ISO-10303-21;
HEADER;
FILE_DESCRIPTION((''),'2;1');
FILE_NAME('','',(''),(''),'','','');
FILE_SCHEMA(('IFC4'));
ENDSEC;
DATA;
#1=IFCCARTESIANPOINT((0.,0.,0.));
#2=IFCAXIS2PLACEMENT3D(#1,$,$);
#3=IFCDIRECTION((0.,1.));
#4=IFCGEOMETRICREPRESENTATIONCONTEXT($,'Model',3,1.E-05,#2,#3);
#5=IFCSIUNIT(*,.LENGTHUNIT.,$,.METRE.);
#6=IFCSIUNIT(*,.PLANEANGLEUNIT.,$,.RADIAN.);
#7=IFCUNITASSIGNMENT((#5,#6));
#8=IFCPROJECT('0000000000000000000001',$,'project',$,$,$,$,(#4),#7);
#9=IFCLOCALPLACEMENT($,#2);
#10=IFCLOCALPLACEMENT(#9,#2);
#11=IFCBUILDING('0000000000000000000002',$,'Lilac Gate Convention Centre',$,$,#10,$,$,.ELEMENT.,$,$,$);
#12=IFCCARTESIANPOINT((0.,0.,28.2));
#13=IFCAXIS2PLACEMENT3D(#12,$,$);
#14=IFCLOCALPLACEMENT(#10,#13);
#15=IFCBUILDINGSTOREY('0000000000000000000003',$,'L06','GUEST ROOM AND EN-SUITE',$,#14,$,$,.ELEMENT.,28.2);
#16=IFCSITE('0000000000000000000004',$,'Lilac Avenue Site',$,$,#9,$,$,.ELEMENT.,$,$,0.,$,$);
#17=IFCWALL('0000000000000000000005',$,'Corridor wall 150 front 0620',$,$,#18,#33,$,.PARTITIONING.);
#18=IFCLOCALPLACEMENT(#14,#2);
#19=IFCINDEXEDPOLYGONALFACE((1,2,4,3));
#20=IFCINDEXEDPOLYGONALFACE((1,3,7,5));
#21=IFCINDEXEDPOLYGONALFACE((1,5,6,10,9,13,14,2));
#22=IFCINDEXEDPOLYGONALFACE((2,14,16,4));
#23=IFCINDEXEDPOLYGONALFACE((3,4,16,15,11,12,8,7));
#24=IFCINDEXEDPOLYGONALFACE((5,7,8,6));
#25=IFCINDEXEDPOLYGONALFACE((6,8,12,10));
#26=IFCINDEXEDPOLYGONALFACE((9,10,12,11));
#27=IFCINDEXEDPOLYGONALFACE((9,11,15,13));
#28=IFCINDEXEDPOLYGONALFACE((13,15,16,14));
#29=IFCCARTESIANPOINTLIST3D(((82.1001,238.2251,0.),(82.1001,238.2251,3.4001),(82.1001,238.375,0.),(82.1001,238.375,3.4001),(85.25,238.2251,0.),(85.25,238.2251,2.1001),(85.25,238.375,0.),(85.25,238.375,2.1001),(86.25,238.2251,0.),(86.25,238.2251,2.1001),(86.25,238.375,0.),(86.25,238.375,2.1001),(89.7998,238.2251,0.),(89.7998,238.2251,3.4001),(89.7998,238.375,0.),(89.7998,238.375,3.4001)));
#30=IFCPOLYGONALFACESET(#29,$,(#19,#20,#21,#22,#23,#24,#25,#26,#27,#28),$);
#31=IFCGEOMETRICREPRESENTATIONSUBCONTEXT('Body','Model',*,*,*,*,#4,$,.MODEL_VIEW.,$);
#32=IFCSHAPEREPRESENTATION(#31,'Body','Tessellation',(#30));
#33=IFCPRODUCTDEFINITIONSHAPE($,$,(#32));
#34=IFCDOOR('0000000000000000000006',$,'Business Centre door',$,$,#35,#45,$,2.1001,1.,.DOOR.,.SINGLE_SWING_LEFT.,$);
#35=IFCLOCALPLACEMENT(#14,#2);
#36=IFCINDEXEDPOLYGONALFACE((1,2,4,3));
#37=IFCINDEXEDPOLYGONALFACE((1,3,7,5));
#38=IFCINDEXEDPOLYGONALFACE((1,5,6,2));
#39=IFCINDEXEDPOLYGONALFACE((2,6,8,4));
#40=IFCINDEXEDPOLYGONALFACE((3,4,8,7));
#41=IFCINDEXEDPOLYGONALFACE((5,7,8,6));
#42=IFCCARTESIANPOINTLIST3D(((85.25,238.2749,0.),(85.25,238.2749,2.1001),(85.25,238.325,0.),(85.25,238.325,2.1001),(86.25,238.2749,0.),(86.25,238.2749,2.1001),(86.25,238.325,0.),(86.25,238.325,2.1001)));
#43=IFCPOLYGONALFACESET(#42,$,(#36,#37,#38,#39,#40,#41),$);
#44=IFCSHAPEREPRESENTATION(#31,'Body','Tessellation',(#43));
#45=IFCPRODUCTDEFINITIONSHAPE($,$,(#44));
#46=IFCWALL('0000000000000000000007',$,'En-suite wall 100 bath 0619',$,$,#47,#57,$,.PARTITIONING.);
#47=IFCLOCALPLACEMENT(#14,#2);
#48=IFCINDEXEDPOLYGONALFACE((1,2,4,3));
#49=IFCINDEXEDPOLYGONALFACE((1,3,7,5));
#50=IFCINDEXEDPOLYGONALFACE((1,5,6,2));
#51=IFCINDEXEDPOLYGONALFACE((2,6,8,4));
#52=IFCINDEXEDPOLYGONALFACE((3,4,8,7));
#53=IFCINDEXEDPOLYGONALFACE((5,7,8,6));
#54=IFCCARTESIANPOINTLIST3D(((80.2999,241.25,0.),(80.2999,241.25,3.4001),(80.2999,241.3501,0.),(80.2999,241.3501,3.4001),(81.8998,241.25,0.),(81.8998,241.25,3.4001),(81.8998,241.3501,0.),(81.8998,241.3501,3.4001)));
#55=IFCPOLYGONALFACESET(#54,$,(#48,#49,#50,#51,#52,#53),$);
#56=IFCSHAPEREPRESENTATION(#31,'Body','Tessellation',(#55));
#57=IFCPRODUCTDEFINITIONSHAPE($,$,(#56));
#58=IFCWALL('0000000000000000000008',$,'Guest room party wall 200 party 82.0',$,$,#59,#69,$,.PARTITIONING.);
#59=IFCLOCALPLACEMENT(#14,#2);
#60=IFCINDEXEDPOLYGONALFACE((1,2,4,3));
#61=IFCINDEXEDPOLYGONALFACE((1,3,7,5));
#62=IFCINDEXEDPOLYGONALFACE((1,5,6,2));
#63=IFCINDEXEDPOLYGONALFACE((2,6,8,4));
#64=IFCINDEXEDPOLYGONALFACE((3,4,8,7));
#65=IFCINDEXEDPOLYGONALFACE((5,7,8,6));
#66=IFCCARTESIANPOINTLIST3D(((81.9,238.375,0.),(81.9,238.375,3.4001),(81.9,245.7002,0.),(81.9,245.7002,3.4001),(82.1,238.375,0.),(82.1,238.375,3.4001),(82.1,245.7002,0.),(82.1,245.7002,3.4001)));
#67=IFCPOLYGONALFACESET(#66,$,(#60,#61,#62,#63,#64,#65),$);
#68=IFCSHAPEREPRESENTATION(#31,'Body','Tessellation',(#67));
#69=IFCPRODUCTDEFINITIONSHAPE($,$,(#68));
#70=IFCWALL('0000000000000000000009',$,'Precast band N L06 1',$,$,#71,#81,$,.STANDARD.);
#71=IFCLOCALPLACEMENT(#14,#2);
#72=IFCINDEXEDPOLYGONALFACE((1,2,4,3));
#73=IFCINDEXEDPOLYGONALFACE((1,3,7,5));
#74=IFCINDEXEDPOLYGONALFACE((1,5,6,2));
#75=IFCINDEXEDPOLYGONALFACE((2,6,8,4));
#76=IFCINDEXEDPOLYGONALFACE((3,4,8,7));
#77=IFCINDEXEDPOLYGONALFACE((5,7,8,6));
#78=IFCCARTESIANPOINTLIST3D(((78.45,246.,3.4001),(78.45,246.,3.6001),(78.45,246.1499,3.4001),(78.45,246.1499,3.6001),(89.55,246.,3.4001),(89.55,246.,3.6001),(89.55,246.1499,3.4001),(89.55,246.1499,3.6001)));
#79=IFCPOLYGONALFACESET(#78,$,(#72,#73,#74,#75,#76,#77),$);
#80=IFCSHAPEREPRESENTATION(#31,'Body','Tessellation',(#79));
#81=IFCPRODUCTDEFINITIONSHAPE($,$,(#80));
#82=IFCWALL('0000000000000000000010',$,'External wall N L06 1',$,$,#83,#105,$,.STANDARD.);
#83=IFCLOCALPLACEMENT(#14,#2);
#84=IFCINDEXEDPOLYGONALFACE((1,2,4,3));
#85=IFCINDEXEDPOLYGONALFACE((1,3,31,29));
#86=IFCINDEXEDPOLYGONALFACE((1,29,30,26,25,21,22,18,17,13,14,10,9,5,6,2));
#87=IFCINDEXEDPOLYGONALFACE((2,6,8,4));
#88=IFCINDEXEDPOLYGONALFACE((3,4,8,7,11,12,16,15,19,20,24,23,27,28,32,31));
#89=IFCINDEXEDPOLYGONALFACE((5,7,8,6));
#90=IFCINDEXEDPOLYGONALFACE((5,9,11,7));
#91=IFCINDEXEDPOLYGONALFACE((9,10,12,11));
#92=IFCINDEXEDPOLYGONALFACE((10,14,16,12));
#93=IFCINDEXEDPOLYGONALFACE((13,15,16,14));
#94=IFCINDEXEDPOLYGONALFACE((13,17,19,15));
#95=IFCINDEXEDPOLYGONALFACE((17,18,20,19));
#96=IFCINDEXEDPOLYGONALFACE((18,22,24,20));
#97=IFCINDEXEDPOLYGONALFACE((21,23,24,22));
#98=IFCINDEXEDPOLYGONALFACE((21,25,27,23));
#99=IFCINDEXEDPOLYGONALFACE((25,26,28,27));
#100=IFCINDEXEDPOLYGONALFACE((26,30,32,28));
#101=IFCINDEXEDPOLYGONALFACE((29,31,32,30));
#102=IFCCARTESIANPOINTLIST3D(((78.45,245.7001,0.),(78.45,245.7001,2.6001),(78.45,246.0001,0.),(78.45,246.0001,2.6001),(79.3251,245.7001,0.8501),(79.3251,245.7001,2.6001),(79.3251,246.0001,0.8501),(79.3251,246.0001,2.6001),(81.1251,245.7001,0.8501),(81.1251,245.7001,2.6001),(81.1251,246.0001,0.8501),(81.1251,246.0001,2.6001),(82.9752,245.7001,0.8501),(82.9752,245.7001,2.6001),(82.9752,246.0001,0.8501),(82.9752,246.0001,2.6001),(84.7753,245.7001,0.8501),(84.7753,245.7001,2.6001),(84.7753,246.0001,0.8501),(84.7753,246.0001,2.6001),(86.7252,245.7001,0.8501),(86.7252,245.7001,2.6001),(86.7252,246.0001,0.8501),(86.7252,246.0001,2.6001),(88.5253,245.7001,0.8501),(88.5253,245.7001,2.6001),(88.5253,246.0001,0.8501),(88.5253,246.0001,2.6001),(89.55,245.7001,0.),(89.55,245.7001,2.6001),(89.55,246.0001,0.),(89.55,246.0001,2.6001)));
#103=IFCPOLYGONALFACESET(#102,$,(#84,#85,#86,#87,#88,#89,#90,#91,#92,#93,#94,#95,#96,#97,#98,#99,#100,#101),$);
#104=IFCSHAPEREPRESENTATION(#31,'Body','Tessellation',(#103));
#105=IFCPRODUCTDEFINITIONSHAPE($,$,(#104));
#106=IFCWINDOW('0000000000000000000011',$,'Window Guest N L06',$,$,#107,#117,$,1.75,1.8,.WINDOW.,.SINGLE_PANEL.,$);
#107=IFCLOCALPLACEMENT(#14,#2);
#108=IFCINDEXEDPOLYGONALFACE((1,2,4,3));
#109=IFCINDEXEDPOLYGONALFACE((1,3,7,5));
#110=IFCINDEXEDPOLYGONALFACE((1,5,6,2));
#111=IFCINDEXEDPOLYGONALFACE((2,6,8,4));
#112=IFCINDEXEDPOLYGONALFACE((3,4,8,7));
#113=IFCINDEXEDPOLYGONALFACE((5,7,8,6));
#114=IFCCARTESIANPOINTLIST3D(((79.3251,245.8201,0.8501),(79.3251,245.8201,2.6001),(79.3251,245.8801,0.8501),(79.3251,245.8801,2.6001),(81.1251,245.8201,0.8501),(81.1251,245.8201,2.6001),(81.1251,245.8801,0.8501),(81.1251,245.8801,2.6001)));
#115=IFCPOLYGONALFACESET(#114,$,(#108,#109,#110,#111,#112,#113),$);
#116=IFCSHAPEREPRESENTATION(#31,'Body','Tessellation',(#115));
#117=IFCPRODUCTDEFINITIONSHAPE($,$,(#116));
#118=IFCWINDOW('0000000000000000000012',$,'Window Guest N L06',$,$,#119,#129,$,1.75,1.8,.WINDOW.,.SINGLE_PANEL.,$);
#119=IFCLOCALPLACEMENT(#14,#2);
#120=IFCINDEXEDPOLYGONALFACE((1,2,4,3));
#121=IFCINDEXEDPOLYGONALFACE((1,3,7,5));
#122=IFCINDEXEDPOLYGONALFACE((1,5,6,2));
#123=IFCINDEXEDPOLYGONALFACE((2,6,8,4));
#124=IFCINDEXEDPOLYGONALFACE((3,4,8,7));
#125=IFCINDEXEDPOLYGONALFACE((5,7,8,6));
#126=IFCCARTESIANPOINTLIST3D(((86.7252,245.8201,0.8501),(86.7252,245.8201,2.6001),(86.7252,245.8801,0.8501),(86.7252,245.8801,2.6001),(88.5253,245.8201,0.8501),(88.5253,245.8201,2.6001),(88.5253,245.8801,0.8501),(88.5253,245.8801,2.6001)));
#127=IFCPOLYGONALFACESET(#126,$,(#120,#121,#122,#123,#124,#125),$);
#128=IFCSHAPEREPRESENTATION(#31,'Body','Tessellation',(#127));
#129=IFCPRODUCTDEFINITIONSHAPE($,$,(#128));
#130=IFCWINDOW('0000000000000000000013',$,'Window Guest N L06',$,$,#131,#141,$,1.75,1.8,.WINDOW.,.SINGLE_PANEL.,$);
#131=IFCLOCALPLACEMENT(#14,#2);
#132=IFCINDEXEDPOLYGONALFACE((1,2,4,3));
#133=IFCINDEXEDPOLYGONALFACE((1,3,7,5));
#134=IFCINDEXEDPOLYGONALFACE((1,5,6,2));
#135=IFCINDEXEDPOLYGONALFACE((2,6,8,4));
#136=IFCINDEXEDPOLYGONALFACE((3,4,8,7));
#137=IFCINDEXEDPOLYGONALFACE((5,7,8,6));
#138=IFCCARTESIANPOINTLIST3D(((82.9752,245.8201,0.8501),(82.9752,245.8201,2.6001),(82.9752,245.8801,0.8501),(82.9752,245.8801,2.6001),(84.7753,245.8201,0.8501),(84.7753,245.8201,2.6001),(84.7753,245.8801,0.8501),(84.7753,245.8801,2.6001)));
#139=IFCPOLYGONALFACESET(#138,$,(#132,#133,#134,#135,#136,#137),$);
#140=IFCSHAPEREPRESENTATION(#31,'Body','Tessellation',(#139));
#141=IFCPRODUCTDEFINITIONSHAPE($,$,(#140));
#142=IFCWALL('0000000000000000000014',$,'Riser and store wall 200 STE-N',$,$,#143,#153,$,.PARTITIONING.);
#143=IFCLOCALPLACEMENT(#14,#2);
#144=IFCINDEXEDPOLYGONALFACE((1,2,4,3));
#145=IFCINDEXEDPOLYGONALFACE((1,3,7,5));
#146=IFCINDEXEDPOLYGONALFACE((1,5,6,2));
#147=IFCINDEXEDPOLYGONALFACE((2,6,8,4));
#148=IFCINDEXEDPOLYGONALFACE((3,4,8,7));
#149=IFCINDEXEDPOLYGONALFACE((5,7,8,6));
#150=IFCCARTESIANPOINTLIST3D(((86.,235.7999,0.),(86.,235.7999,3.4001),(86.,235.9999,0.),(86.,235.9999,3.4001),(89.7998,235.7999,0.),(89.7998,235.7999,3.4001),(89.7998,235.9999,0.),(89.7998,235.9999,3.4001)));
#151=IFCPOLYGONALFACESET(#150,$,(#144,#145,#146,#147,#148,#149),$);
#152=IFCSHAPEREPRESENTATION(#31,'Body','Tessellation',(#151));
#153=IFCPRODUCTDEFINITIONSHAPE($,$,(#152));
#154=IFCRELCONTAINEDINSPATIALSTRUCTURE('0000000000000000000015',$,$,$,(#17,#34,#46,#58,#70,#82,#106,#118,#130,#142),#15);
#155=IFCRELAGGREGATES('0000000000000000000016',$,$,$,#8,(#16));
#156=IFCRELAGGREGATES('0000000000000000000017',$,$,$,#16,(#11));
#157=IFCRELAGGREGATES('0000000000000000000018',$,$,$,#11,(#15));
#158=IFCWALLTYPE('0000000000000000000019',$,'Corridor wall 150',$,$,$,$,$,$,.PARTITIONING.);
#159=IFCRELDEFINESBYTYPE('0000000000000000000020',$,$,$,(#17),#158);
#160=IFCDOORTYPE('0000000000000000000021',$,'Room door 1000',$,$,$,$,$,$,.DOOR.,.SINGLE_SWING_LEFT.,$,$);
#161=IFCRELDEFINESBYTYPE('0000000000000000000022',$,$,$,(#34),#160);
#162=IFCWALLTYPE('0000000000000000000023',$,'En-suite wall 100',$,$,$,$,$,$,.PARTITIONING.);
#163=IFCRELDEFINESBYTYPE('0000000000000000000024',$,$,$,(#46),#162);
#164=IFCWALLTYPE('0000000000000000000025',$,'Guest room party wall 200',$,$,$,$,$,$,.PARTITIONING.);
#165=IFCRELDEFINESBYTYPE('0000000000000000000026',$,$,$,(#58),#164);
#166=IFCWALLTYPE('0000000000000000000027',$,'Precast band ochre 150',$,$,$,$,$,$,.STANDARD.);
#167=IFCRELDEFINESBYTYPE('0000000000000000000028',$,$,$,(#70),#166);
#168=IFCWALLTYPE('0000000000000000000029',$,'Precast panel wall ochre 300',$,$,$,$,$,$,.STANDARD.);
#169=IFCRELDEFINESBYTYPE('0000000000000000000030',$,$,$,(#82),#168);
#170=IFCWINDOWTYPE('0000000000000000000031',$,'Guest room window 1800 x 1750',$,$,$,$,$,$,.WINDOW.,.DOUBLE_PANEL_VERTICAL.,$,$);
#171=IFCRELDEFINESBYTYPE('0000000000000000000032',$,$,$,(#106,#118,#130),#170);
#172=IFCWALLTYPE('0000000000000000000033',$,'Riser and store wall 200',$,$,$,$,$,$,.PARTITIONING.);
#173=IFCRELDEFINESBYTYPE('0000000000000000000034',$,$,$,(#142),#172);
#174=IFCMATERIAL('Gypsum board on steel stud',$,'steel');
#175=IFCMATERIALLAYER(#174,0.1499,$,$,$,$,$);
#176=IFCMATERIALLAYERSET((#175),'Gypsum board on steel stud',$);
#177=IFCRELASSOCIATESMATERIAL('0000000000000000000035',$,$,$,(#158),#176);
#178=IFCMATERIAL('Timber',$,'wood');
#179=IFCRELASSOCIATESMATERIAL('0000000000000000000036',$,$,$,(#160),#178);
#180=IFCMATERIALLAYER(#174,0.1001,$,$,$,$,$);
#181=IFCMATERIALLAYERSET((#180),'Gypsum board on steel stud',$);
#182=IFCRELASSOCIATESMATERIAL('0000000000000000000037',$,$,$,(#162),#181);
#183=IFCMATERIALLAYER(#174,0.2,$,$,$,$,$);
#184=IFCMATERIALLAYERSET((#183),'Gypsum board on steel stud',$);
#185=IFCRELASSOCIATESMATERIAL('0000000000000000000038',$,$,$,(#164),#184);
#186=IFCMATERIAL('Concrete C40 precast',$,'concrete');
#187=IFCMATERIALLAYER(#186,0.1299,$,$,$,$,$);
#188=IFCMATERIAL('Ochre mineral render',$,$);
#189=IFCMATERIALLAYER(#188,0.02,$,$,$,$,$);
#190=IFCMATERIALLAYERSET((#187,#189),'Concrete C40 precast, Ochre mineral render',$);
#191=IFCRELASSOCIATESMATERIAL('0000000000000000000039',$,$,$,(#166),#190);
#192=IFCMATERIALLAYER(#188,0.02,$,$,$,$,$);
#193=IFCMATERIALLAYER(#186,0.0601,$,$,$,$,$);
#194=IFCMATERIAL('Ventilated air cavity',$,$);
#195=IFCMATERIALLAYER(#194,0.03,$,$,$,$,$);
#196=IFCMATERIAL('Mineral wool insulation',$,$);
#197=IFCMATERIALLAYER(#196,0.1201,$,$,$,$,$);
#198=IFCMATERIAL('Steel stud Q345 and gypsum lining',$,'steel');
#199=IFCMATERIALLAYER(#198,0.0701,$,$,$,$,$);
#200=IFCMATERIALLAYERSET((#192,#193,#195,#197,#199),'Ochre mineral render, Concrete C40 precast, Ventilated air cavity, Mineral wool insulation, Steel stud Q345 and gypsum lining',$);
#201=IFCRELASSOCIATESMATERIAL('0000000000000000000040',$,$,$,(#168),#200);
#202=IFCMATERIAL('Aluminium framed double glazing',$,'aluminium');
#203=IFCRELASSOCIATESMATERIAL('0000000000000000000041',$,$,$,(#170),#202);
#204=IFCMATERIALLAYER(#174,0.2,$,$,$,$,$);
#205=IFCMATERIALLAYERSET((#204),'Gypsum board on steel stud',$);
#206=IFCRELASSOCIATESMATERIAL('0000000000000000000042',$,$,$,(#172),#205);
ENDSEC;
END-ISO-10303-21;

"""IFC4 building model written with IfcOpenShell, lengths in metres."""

from ifc_helpers import new_model, si_unit, direction, frame, frame_2d, origin, place, context, subcontext, project, spatial, rectangle, extrude, material, layer, layer_set, type_object, element, fill, save


model = new_model("IFC4")

# Units and contexts
model_context = context("Model", 3, precision=1e-05, world=origin(), true_north=direction((0.0, 1.0)))
body_context = subcontext(model_context, "Body", "Model", "MODEL_VIEW")
ifc_project = project(units=[si_unit("LENGTHUNIT", "METRE"), si_unit("PLANEANGLEUNIT", "RADIAN")], contexts=[model_context])

# Site, building, storey
site_placement = place(None, origin())
site = spatial("IfcSite", under=ifc_project, at=site_placement, Name="Lilac Avenue Site", CompositionType="ELEMENT", RefElevation=0.0)
building_placement = place(site_placement, origin())
building = spatial("IfcBuilding", under=site, at=building_placement, Name="Lilac Gate Convention Centre", CompositionType="ELEMENT")
storey_placement = place(building_placement, frame((0.0, 0.0, 28.2)))
storey = spatial("IfcBuildingStorey", under=building, at=storey_placement, Name="L06", Description="GUEST ROOM AND EN-SUITE", CompositionType="ELEMENT", Elevation=28.2)

# Shared definitions
ifc_material_1 = material(Name="Aluminium framed double glazing", Category="aluminium")

# Wall, opening, door
ifc_material_2 = material(Name="Gypsum board on steel stud", Category="steel")
ifc_layer_1 = layer(ifc_material_2, 0.1499)
ifc_layer_set_1 = layer_set([ifc_layer_1], Name="Gypsum board on steel stud")
wall_type_1 = type_object("IfcWallType", Name="Corridor wall 150", PredefinedType="PARTITIONING", material=ifc_layer_set_1)
wall_1_placement = place(storey_placement, frame((82.1001, 238.3, 0.0), z_axis=(0.0, 0.0, 1.0), x_axis=(1.0, 0.0, 0.0)))
wall_1 = element("IfcWall", 1, at=wall_1_placement, inside=storey, type_object=wall_type_1, Name="Corridor wall 150 front 0620", PredefinedType="PARTITIONING", context=body_context, shape_type="SweptSolid", body=[
    extrude(rectangle(XDim=7.6997, YDim=0.1499, at=frame_2d((3.8499, 0.0))), origin(), (0.0, 0.0, 1.0), 3.4001),
])
opening_1_placement = place(wall_1_placement, frame((3.1499, 0.0, 0.0)))
opening_1 = element("IfcOpeningElement", 2, at=opening_1_placement, cuts=wall_1, PredefinedType="OPENING", context=body_context, shape_type="SweptSolid", body=[
    extrude(rectangle(XDim=1.0, YDim=2.1001, at=frame_2d((0.5, 1.05))), frame((0.0, 0.085, 0.0), z_axis=(0.0, -1.0, 0.0), x_axis=(1.0, 0.0, 0.0)), (0.0, 0.0, 1.0), 0.1699),
])
ifc_material_3 = material(Name="Timber", Category="wood")
door_type_1 = type_object("IfcDoorType", Name="Room door 1000", OperationType="SINGLE_SWING_LEFT", PredefinedType="DOOR", material=ifc_material_3)
door_1_placement = place(opening_1_placement, origin())
door_1 = element("IfcDoor", 3, at=door_1_placement, inside=storey, type_object=door_type_1, Name="Business Centre door", OperationType="SINGLE_SWING_LEFT", OverallHeight=2.1001, OverallWidth=1.0, PredefinedType="DOOR", context=body_context, shape_type="SweptSolid", body=[
    extrude(rectangle(XDim=1.0, YDim=2.1001, at=frame_2d((0.5, 1.05))), frame((0.0, 0.0249, 0.0), z_axis=(0.0, -1.0, 0.0), x_axis=(1.0, 0.0, 0.0)), (0.0, 0.0, 1.0), 0.05),
])
fill(opening_1, door_1)

# Walls
ifc_layer_2 = layer(ifc_material_2, 0.1001)
ifc_layer_set_2 = layer_set([ifc_layer_2], Name="Gypsum board on steel stud")
wall_type_2 = type_object("IfcWallType", Name="En-suite wall 100", PredefinedType="PARTITIONING", material=ifc_layer_set_2)
wall_2_placement = place(storey_placement, frame((80.3, 241.3, 0.0), z_axis=(0.0, 0.0, 1.0), x_axis=(1.0, 0.0, 0.0)))
element("IfcWall", 4, at=wall_2_placement, inside=storey, type_object=wall_type_2, Name="En-suite wall 100 bath 0619", PredefinedType="PARTITIONING", context=body_context, shape_type="SweptSolid", body=[
    extrude(rectangle(XDim=1.5999, YDim=0.1001, at=frame_2d((0.7998, 0.0))), origin(), (0.0, 0.0, 1.0), 3.4001),
])
ifc_layer_3 = layer(ifc_material_2, 0.2)
ifc_layer_set_3 = layer_set([ifc_layer_3], Name="Gypsum board on steel stud")
wall_type_3 = type_object("IfcWallType", Name="Guest room party wall 200", PredefinedType="PARTITIONING", material=ifc_layer_set_3)
wall_3_placement = place(storey_placement, frame((82.0, 245.7002, 0.0), z_axis=(0.0, 0.0, 1.0), x_axis=(0.0, -1.0, 0.0)))
element("IfcWall", 5, at=wall_3_placement, inside=storey, type_object=wall_type_3, Name="Guest room party wall 200 party 82.0", PredefinedType="PARTITIONING", context=body_context, shape_type="SweptSolid", body=[
    extrude(rectangle(XDim=7.3252, YDim=0.2, at=frame_2d((3.6626, 0.0))), origin(), (0.0, 0.0, 1.0), 3.4001),
])
ifc_material_4 = material(Name="Concrete C40 precast", Category="concrete")
ifc_layer_4 = layer(ifc_material_4, 0.1299)
ifc_material_5 = material(Name="Ochre mineral render")
ifc_layer_5 = layer(ifc_material_5, 0.02)
ifc_layer_set_4 = layer_set([ifc_layer_4, ifc_layer_5], Name="Concrete C40 precast, Ochre mineral render")
wall_type_4 = type_object("IfcWallType", Name="Precast band ochre 150", PredefinedType="STANDARD", material=ifc_layer_set_4)
wall_4_placement = place(storey_placement, frame((89.55, 246.075, 3.4001), z_axis=(0.0, 0.0, 1.0), x_axis=(-1.0, 0.0, 0.0)))
element("IfcWall", 6, at=wall_4_placement, inside=storey, type_object=wall_type_4, Name="Precast band N L06 1", PredefinedType="STANDARD", context=body_context, shape_type="SweptSolid", body=[
    extrude(rectangle(XDim=11.1001, YDim=0.1499, at=frame_2d((5.55, 0.0))), origin(), (0.0, 0.0, 1.0), 0.2),
])

# Wall, openings, windows
ifc_layer_6 = layer(ifc_material_5, 0.02)
ifc_layer_7 = layer(ifc_material_4, 0.0601)
ifc_material_6 = material(Name="Ventilated air cavity")
ifc_layer_8 = layer(ifc_material_6, 0.03)
ifc_material_7 = material(Name="Mineral wool insulation")
ifc_layer_9 = layer(ifc_material_7, 0.1201)
ifc_material_8 = material(Name="Steel stud Q345 and gypsum lining", Category="steel")
ifc_layer_10 = layer(ifc_material_8, 0.0701)
ifc_layer_set_5 = layer_set([ifc_layer_6, ifc_layer_7, ifc_layer_8, ifc_layer_9, ifc_layer_10], Name="Ochre mineral render, Concrete C40 precast, Ventilated air cavity, Mineral wool insulation, Steel stud Q345 and gypsum lining")
wall_type_5 = type_object("IfcWallType", Name="Precast panel wall ochre 300", PredefinedType="STANDARD", material=ifc_layer_set_5)
wall_5_placement = place(storey_placement, frame((89.55, 245.8501, 0.0), z_axis=(0.0, 0.0, 1.0), x_axis=(-1.0, 0.0, 0.0)))
wall_5 = element("IfcWall", 7, at=wall_5_placement, inside=storey, type_object=wall_type_5, Name="External wall N L06 1", PredefinedType="STANDARD", context=body_context, shape_type="SweptSolid", body=[
    extrude(rectangle(XDim=11.1001, YDim=0.3, at=frame_2d((5.55, 0.0))), origin(), (0.0, 0.0, 1.0), 2.6001),
])
opening_2_placement = place(wall_5_placement, frame((8.425, 0.0, 0.8501)))
opening_2 = element("IfcOpeningElement", 8, at=opening_2_placement, cuts=wall_5, PredefinedType="OPENING", context=body_context, shape_type="SweptSolid", body=[
    extrude(rectangle(XDim=1.8, YDim=1.75, at=frame_2d((0.8999, 0.875))), frame((0.0, 0.1599, 0.0), z_axis=(0.0, -1.0, 0.0), x_axis=(1.0, 0.0, 0.0)), (0.0, 0.0, 1.0), 0.3201),
])
opening_3_placement = place(wall_5_placement, frame((1.0249, 0.0, 0.8501)))
opening_3 = element("IfcOpeningElement", 9, at=opening_3_placement, cuts=wall_5, PredefinedType="OPENING", context=body_context, shape_type="SweptSolid", body=[
    extrude(rectangle(XDim=1.8, YDim=1.75, at=frame_2d((0.8999, 0.875))), frame((0.0, 0.1599, 0.0), z_axis=(0.0, -1.0, 0.0), x_axis=(1.0, 0.0, 0.0)), (0.0, 0.0, 1.0), 0.3201),
])
opening_4_placement = place(wall_5_placement, frame((4.7749, 0.0, 0.8501)))
opening_4 = element("IfcOpeningElement", 10, at=opening_4_placement, cuts=wall_5, PredefinedType="OPENING", context=body_context, shape_type="SweptSolid", body=[
    extrude(rectangle(XDim=1.8, YDim=1.75, at=frame_2d((0.8999, 0.875))), frame((0.0, 0.1599, 0.0), z_axis=(0.0, -1.0, 0.0), x_axis=(1.0, 0.0, 0.0)), (0.0, 0.0, 1.0), 0.3201),
])
window_type = type_object("IfcWindowType", Name="Guest room window 1800 x 1750", PartitioningType="DOUBLE_PANEL_VERTICAL", PredefinedType="WINDOW", material=ifc_material_1)
window_1_placement = place(opening_2_placement, origin())
window_1 = element("IfcWindow", 11, at=window_1_placement, inside=storey, type_object=window_type, Name="Window Guest N L06", OverallHeight=1.75, OverallWidth=1.8, PartitioningType="SINGLE_PANEL", PredefinedType="WINDOW", context=body_context, shape_type="SweptSolid", body=[
    extrude(rectangle(XDim=1.8, YDim=1.75, at=frame_2d((0.8999, 0.875))), frame((0.0, 0.03, 0.0), z_axis=(0.0, -1.0, 0.0), x_axis=(1.0, 0.0, 0.0)), (0.0, 0.0, 1.0), 0.0601),
])
fill(opening_2, window_1)
window_2_placement = place(opening_3_placement, origin())
window_2 = element("IfcWindow", 12, at=window_2_placement, inside=storey, type_object=window_type, Name="Window Guest N L06", OverallHeight=1.75, OverallWidth=1.8, PartitioningType="SINGLE_PANEL", PredefinedType="WINDOW", context=body_context, shape_type="SweptSolid", body=[
    extrude(rectangle(XDim=1.8, YDim=1.75, at=frame_2d((0.8999, 0.875))), frame((0.0, 0.03, 0.0), z_axis=(0.0, -1.0, 0.0), x_axis=(1.0, 0.0, 0.0)), (0.0, 0.0, 1.0), 0.0601),
])
fill(opening_3, window_2)
window_3_placement = place(opening_4_placement, origin())
window_3 = element("IfcWindow", 13, at=window_3_placement, inside=storey, type_object=window_type, Name="Window Guest N L06", OverallHeight=1.75, OverallWidth=1.8, PartitioningType="SINGLE_PANEL", PredefinedType="WINDOW", context=body_context, shape_type="SweptSolid", body=[
    extrude(rectangle(XDim=1.8, YDim=1.75, at=frame_2d((0.8999, 0.875))), frame((0.0, 0.03, 0.0), z_axis=(0.0, -1.0, 0.0), x_axis=(1.0, 0.0, 0.0)), (0.0, 0.0, 1.0), 0.0601),
])
fill(opening_4, window_3)

# Wall
ifc_layer_11 = layer(ifc_material_2, 0.2)
ifc_layer_set_6 = layer_set([ifc_layer_11], Name="Gypsum board on steel stud")
wall_type_6 = type_object("IfcWallType", Name="Riser and store wall 200", PredefinedType="PARTITIONING", material=ifc_layer_set_6)
wall_6_placement = place(storey_placement, frame((86.0, 235.8999, 0.0), z_axis=(0.0, 0.0, 1.0), x_axis=(1.0, 0.0, 0.0)))
element("IfcWall", 14, at=wall_6_placement, inside=storey, type_object=wall_type_6, Name="Riser and store wall 200 STE-N", PredefinedType="PARTITIONING", context=body_context, shape_type="SweptSolid", body=[
    extrude(rectangle(XDim=3.7998, YDim=0.2, at=frame_2d((1.8999, 0.0))), origin(), (0.0, 0.0, 1.0), 3.4001),
])

save(model, "model.ifc")
